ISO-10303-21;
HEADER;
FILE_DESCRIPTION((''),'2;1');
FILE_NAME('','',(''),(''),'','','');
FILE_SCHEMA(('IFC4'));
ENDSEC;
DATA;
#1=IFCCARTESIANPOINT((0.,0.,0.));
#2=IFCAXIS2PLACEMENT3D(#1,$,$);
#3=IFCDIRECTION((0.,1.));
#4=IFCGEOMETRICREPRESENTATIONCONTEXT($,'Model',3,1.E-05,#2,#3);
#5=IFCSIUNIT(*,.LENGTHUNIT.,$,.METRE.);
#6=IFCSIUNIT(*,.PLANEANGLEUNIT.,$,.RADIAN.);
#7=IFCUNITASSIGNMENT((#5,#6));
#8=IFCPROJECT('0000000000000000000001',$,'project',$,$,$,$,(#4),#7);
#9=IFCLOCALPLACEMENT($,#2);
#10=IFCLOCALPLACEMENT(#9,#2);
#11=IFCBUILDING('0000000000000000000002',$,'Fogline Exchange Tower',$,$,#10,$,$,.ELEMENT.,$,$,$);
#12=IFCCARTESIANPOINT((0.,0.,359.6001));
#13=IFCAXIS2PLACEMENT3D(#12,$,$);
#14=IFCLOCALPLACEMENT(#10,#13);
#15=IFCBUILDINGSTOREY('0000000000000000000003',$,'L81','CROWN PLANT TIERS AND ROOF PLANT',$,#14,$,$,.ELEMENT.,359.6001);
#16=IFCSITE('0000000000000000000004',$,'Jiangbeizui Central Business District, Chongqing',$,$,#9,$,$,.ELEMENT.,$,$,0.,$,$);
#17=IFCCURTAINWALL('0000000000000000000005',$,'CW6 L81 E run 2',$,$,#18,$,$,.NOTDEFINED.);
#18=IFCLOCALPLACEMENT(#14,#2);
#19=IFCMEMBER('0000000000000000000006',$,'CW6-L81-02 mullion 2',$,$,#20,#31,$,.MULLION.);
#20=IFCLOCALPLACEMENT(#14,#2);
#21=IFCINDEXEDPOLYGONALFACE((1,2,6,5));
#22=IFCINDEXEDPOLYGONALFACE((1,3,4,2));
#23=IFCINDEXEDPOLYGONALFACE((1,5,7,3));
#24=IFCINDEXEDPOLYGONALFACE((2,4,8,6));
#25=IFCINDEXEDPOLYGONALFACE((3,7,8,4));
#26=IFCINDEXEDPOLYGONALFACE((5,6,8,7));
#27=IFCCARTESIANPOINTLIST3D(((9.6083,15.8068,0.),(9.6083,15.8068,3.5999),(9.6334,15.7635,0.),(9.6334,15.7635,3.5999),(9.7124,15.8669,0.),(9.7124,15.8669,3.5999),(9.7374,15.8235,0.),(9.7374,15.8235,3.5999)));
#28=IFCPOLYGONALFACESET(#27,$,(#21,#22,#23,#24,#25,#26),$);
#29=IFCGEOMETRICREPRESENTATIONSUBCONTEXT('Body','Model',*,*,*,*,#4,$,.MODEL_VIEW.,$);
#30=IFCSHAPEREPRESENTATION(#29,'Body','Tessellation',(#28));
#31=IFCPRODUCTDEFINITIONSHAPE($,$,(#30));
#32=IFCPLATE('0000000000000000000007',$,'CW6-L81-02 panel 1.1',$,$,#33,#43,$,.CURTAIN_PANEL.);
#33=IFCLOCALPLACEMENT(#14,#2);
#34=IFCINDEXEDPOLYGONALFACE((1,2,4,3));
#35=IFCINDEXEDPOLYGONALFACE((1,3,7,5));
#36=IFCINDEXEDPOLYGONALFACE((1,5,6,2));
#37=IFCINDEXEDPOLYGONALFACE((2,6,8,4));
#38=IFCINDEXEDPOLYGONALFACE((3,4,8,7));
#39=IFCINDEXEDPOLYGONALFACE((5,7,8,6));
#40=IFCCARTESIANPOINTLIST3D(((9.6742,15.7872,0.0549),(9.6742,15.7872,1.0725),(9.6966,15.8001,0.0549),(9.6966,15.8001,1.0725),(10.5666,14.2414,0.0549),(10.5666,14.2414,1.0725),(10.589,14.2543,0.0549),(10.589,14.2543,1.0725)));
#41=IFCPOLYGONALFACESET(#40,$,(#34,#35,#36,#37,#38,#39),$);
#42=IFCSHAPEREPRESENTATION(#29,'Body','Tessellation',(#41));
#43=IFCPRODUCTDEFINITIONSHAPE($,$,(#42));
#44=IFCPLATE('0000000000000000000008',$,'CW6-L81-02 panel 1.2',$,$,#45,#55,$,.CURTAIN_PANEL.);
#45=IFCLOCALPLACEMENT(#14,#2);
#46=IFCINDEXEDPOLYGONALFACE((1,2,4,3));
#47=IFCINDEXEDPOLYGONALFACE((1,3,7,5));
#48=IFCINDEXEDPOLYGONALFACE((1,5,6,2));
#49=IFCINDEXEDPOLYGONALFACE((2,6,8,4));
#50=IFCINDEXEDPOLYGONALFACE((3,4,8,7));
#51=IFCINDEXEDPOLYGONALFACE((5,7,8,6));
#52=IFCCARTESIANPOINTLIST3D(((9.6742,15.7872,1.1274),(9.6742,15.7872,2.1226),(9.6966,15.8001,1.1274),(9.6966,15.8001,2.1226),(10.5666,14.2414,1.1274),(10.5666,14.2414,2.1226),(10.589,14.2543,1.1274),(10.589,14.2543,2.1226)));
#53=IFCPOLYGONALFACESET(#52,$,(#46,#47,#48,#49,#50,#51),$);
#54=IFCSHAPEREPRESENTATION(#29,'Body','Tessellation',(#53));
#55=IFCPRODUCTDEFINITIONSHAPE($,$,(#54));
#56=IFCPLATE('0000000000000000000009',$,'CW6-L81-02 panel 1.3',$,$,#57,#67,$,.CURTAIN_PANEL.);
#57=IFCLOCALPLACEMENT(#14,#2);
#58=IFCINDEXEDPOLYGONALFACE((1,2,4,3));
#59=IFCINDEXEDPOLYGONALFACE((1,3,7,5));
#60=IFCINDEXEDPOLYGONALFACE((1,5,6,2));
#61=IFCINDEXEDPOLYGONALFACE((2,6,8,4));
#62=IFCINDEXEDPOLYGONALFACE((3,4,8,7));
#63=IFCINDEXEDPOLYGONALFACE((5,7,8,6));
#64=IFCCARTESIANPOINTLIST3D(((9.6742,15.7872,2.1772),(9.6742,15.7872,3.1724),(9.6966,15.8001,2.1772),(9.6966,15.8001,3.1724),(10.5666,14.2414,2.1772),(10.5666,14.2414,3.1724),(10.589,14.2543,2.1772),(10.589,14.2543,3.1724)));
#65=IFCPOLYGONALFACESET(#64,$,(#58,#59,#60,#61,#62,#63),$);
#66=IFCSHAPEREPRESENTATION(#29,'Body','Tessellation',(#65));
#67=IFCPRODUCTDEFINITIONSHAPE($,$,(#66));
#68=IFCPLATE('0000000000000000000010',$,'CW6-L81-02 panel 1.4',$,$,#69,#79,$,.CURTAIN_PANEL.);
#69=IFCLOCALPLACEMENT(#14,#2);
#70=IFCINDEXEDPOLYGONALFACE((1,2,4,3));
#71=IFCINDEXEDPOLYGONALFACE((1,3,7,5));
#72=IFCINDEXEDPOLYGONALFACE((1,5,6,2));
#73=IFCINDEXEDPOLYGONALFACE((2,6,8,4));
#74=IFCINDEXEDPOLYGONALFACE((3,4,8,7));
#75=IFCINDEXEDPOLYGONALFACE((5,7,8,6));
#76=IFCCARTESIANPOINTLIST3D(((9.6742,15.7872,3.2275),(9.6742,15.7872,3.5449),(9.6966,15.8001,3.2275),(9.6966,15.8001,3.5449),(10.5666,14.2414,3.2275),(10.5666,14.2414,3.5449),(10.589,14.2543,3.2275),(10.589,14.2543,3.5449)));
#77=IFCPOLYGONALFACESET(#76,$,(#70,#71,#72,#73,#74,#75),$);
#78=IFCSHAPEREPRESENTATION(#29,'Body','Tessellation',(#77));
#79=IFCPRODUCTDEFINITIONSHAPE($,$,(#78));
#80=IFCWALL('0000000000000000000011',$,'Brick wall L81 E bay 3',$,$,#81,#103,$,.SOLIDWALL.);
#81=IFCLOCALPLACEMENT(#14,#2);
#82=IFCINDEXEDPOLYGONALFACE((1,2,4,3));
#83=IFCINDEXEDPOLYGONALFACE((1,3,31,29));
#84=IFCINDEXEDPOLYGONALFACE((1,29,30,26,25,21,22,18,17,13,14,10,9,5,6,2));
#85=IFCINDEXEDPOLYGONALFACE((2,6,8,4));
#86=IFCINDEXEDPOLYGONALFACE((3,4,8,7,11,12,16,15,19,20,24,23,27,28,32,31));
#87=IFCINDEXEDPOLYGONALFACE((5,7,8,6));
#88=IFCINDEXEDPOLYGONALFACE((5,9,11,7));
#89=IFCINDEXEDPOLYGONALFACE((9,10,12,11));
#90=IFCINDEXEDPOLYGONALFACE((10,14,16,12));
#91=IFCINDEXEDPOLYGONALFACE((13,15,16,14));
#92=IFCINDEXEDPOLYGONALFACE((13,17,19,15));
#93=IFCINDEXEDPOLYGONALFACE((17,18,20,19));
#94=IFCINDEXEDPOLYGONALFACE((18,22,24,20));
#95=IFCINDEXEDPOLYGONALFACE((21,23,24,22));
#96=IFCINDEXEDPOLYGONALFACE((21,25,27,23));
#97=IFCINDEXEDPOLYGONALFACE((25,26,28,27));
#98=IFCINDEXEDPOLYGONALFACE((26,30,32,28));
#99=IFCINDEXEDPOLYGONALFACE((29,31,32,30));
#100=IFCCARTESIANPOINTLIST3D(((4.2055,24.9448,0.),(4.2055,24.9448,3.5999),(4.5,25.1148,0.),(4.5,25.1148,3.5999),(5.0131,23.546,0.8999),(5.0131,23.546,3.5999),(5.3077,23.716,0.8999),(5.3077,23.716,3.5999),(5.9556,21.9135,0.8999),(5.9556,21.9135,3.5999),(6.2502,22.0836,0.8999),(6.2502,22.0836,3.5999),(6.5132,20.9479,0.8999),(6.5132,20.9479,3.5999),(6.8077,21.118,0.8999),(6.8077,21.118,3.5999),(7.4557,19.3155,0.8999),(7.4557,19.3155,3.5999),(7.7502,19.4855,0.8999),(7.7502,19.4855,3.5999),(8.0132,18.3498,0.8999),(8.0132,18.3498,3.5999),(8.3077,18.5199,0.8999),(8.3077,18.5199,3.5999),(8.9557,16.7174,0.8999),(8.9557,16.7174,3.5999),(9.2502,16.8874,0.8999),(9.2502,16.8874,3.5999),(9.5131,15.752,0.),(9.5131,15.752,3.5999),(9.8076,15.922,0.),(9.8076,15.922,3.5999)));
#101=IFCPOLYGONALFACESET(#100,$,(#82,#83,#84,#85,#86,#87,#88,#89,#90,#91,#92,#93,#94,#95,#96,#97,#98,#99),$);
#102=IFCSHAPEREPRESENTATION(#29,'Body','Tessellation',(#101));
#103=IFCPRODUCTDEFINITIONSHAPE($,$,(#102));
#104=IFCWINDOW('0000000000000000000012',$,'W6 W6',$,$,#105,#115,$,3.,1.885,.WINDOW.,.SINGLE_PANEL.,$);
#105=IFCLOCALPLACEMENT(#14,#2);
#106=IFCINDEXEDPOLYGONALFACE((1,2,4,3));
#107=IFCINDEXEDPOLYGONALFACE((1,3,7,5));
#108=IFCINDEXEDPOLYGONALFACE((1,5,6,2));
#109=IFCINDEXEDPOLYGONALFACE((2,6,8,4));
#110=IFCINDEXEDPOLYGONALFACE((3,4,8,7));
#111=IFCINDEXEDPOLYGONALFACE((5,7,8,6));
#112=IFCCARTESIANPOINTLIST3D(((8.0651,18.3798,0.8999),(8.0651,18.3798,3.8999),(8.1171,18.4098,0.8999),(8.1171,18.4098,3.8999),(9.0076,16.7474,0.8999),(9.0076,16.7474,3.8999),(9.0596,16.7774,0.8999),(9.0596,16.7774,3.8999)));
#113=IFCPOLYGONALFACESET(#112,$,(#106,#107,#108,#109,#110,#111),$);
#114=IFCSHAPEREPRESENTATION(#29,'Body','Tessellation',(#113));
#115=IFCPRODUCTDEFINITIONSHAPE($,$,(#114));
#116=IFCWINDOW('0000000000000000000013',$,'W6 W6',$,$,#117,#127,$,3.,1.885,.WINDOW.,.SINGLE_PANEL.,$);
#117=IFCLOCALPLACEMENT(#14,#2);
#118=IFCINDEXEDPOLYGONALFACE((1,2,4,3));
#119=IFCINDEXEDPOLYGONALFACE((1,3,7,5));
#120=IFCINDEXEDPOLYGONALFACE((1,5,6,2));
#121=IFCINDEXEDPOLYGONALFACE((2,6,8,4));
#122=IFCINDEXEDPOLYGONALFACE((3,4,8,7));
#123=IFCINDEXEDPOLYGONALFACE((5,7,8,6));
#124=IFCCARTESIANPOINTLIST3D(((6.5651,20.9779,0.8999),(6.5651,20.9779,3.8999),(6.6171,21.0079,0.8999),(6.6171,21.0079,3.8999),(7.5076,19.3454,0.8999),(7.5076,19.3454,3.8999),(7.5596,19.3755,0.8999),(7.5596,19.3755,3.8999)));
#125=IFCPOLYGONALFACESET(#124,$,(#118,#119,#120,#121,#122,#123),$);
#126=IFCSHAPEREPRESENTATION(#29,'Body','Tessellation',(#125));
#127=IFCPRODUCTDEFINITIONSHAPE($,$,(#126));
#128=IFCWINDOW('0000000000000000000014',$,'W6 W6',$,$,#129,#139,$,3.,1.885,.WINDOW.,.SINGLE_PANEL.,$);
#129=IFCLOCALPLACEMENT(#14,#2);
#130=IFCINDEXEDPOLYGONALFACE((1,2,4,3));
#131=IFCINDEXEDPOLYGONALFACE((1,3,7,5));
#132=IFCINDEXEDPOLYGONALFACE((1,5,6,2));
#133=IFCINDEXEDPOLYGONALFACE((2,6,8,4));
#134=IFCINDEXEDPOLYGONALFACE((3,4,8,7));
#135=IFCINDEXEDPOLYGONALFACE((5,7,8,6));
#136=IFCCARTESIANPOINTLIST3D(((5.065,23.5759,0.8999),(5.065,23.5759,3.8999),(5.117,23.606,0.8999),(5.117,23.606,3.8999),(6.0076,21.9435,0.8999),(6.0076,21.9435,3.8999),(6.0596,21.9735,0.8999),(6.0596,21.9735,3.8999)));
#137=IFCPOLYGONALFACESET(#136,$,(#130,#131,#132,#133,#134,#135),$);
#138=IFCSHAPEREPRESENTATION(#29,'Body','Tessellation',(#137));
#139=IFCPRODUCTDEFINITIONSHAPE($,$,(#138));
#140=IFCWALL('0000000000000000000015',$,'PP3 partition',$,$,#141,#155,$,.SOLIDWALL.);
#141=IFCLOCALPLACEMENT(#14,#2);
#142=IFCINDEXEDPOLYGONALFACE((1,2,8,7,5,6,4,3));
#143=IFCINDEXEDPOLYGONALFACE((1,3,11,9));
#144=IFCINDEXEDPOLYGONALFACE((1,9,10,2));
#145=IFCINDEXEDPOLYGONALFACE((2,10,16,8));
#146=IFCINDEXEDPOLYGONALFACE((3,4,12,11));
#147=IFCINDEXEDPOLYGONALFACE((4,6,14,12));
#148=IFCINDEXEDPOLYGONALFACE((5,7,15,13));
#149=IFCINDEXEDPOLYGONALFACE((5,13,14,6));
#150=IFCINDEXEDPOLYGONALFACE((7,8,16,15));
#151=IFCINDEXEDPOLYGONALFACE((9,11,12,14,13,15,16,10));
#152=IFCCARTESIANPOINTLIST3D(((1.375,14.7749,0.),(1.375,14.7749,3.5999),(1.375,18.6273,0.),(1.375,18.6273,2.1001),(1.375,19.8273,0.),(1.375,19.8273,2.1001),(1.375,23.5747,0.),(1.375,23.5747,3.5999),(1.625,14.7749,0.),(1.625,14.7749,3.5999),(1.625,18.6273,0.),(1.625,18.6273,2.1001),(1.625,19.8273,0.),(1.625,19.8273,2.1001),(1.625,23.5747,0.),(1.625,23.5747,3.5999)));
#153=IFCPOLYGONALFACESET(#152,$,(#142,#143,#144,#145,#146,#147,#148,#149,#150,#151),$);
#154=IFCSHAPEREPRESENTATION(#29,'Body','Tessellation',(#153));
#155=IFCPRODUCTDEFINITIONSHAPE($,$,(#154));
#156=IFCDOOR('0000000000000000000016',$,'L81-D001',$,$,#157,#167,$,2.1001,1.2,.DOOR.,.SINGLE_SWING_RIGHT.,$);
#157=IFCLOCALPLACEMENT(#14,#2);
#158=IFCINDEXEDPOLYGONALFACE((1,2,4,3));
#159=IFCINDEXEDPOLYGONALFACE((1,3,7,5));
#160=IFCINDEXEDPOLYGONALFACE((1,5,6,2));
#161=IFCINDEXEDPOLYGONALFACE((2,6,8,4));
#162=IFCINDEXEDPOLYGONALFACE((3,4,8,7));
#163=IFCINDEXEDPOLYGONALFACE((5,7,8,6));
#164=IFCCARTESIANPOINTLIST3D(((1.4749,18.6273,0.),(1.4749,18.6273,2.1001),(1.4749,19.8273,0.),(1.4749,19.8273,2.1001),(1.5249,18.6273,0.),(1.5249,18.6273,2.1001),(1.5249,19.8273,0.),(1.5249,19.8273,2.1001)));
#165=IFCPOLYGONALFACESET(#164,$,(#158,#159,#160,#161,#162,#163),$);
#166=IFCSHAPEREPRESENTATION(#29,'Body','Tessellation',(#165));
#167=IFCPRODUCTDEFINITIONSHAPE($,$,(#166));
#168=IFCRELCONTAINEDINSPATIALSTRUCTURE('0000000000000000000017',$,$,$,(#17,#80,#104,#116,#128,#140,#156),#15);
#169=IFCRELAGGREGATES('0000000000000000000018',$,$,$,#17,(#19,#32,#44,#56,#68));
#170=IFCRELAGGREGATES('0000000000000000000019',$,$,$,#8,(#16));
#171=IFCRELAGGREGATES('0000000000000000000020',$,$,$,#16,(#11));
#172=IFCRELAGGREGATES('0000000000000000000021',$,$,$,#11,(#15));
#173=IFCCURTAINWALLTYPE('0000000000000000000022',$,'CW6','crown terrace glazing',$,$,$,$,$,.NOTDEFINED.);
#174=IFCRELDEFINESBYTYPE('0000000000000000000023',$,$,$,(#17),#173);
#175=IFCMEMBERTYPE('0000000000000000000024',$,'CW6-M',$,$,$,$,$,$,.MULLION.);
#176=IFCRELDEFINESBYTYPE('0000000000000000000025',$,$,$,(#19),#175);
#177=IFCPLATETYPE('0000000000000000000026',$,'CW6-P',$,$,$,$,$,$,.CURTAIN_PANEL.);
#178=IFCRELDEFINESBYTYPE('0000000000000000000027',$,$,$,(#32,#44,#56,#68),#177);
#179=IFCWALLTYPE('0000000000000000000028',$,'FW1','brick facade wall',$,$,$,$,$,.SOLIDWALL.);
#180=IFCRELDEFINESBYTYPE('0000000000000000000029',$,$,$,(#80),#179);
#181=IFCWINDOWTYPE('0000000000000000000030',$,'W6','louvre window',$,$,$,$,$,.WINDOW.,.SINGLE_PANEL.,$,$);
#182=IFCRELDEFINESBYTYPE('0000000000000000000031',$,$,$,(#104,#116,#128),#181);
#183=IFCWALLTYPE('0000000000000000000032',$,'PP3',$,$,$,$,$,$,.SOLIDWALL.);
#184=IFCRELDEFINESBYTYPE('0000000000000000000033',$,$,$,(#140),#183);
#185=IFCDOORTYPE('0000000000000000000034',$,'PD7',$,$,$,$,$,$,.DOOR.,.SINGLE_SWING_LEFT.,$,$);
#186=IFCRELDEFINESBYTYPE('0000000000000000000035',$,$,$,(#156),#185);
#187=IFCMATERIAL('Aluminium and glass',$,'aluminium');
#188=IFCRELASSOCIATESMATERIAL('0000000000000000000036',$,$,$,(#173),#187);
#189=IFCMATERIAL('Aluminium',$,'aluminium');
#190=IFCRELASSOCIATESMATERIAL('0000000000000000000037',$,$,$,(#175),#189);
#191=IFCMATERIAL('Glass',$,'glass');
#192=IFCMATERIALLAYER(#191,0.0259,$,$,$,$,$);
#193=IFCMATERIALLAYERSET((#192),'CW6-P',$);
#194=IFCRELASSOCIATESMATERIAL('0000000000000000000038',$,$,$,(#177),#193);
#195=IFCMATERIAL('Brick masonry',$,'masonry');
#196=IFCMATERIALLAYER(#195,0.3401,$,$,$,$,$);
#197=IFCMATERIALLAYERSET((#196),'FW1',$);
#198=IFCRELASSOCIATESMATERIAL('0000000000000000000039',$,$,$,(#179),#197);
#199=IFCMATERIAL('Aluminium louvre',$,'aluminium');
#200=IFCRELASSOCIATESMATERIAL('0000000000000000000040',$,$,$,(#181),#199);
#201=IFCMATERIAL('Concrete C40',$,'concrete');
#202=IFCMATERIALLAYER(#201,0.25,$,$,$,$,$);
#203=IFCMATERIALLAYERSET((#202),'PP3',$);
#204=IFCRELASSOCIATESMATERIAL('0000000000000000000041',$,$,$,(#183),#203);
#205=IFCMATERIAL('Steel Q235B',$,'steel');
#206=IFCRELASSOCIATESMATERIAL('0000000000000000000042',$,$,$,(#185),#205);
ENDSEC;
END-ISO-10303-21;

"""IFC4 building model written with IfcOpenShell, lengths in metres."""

from ifc_helpers import new_model, si_unit, direction, frame, frame_2d, origin, origin_2d, place, context, subcontext, project, spatial, rectangle, extrude, material, layer, layer_set, material_profile, profile_set, type_object, element, fill, aggregate, save


model = new_model("IFC4")

# Units and contexts
model_context = context("Model", 3, precision=1e-05, world=origin(), true_north=direction((0.0, 1.0)))
body_context = subcontext(model_context, "Body", "Model", "MODEL_VIEW")
ifc_project = project(units=[si_unit("LENGTHUNIT", "METRE"), si_unit("PLANEANGLEUNIT", "RADIAN")], contexts=[model_context])

# Site, building, storey
site_placement = place(None, origin())
site = spatial("IfcSite", under=ifc_project, at=site_placement, Name="Jiangbeizui Central Business District, Chongqing", CompositionType="ELEMENT", RefElevation=0.0)
building_placement = place(site_placement, origin())
building = spatial("IfcBuilding", under=site, at=building_placement, Name="Fogline Exchange Tower", CompositionType="ELEMENT")
storey_placement = place(building_placement, frame((0.0, 0.0, 359.6001)))
storey = spatial("IfcBuildingStorey", under=building, at=storey_placement, Name="L81", Description="CROWN PLANT TIERS AND ROOF PLANT", CompositionType="ELEMENT", Elevation=359.6001)

# Shared definitions
ifc_material_1 = material(Name="Concrete C40", Category="concrete")

# Curtain wall, member, plates
ifc_material_2 = material(Name="Aluminium and glass", Category="aluminium")
curtain_wall_type = type_object("IfcCurtainWallType", Name="CW6", Description="crown terrace glazing", PredefinedType="NOTDEFINED", material=ifc_material_2)
curtain_wall_placement = place(storey_placement, origin())
curtain_wall = element("IfcCurtainWall", 1, at=curtain_wall_placement, inside=storey, type_object=curtain_wall_type, Name="CW6 L81 E run 2", PredefinedType="NOTDEFINED")
ifc_material_3 = material(Name="Aluminium", Category="aluminium")
ifc_material_profile_1 = material_profile(ifc_material_3, rectangle(XDim=0.1201, YDim=0.05, at=origin_2d()), Name="Mullion 50x120")
ifc_profile_set_1 = profile_set([ifc_material_profile_1], Name="Aluminium")
member_type = type_object("IfcMemberType", Name="CW6-M", PredefinedType="MULLION", material=ifc_profile_set_1)
member_placement = place(storey_placement, frame((9.6729, 15.8152, 0.0), z_axis=(0.0, 0.0, 1.0), x_axis=(-0.866026, -0.5, 0.0)))
member = element("IfcMember", 2, at=member_placement, type_object=member_type, Name="CW6-L81-02 mullion 2", PredefinedType="MULLION", context=body_context, shape_type="SweptSolid", body=[
    extrude(rectangle(XDim=0.1201, YDim=0.05, at=origin_2d()), origin(), (0.0, 0.0, 1.0), 3.5999),
])
ifc_material_4 = material(Name="Glass", Category="glass")
ifc_layer_1 = layer(ifc_material_4, 0.0259)
ifc_layer_set_1 = layer_set([ifc_layer_1], Name="CW6-P")
plate_type = type_object("IfcPlateType", Name="CW6-P", PredefinedType="CURTAIN_PANEL", material=ifc_layer_set_1)
plate_1_placement = place(storey_placement, frame((10.1316, 15.0208, 0.0549), z_axis=(0.0, 0.0, 1.0), x_axis=(-0.5, 0.866026, 0.0)))
plate_1 = element("IfcPlate", 3, at=plate_1_placement, type_object=plate_type, Name="CW6-L81-02 panel 1.1", PredefinedType="CURTAIN_PANEL", context=body_context, shape_type="SweptSolid", body=[
    extrude(rectangle(XDim=1.7849, YDim=0.0259, at=origin_2d()), origin(), (0.0, 0.0, 1.0), 1.0176),
])
plate_2_placement = place(storey_placement, frame((10.1316, 15.0208, 1.1274), z_axis=(0.0, 0.0, 1.0), x_axis=(-0.5, 0.866026, 0.0)))
plate_2 = element("IfcPlate", 4, at=plate_2_placement, type_object=plate_type, Name="CW6-L81-02 panel 1.2", PredefinedType="CURTAIN_PANEL", context=body_context, shape_type="SweptSolid", body=[
    extrude(rectangle(XDim=1.7849, YDim=0.0259, at=origin_2d()), origin(), (0.0, 0.0, 1.0), 0.9951),
])
plate_3_placement = place(storey_placement, frame((10.1316, 15.0208, 2.1772), z_axis=(0.0, 0.0, 1.0), x_axis=(-0.5, 0.866026, 0.0)))
plate_3 = element("IfcPlate", 5, at=plate_3_placement, type_object=plate_type, Name="CW6-L81-02 panel 1.3", PredefinedType="CURTAIN_PANEL", context=body_context, shape_type="SweptSolid", body=[
    extrude(rectangle(XDim=1.7849, YDim=0.0259, at=origin_2d()), origin(), (0.0, 0.0, 1.0), 0.9951),
])
plate_4_placement = place(storey_placement, frame((10.1316, 15.0208, 3.2275), z_axis=(0.0, 0.0, 1.0), x_axis=(-0.5, 0.866026, 0.0)))
plate_4 = element("IfcPlate", 6, at=plate_4_placement, type_object=plate_type, Name="CW6-L81-02 panel 1.4", PredefinedType="CURTAIN_PANEL", context=body_context, shape_type="SweptSolid", body=[
    extrude(rectangle(XDim=1.7849, YDim=0.0259, at=origin_2d()), origin(), (0.0, 0.0, 1.0), 0.3174),
])
aggregate(curtain_wall, [member, plate_1, plate_2, plate_3, plate_4])

# Wall, openings, windows
ifc_material_5 = material(Name="Brick masonry", Category="masonry")
ifc_layer_2 = layer(ifc_material_5, 0.3401)
ifc_layer_set_2 = layer_set([ifc_layer_2], Name="FW1")
wall_type_1 = type_object("IfcWallType", Name="FW1", Description="brick facade wall", PredefinedType="SOLIDWALL", material=ifc_layer_set_2)
wall_1_placement = place(storey_placement, frame((9.6604, 15.8369, 0.0), z_axis=(0.0, 0.0, 1.0), x_axis=(-0.500008, 0.866021, 0.0)))
wall_1 = element("IfcWall", 7, at=wall_1_placement, inside=storey, type_object=wall_type_1, Name="Brick wall L81 E bay 3", PredefinedType="SOLIDWALL", context=body_context, shape_type="SweptSolid", body=[
    extrude(rectangle(XDim=10.615, YDim=0.3401, at=frame_2d((5.3076, 0.0))), origin(), (0.0, 0.0, 1.0), 3.5999),
])
opening_1_placement = place(wall_1_placement, frame((1.115, 0.0, 0.8999)))
opening_1 = element("IfcOpeningElement", 8, at=opening_1_placement, cuts=wall_1, PredefinedType="OPENING", context=body_context, shape_type="SweptSolid", body=[
    extrude(rectangle(XDim=1.885, YDim=3.0, at=frame_2d((0.9424, 1.5))), frame((0.0, 0.1802, 0.0), z_axis=(0.0, -1.0, 0.0), x_axis=(1.0, 0.0, 0.0)), (0.0, 0.0, 1.0), 0.3601),
])
opening_2_placement = place(wall_1_placement, frame((4.115, 0.0, 0.8999)))
opening_2 = element("IfcOpeningElement", 9, at=opening_2_placement, cuts=wall_1, PredefinedType="OPENING", context=body_context, shape_type="SweptSolid", body=[
    extrude(rectangle(XDim=1.885, YDim=3.0, at=frame_2d((0.9424, 1.5))), frame((0.0, 0.1802, 0.0), z_axis=(0.0, -1.0, 0.0), x_axis=(1.0, 0.0, 0.0)), (0.0, 0.0, 1.0), 0.3601),
])
opening_3_placement = place(wall_1_placement, frame((7.115, 0.0, 0.8999)))
opening_3 = element("IfcOpeningElement", 10, at=opening_3_placement, cuts=wall_1, PredefinedType="OPENING", context=body_context, shape_type="SweptSolid", body=[
    extrude(rectangle(XDim=1.885, YDim=3.0, at=frame_2d((0.9424, 1.5))), frame((0.0, 0.1802, 0.0), z_axis=(0.0, -1.0, 0.0), x_axis=(1.0, 0.0, 0.0)), (0.0, 0.0, 1.0), 0.3601),
])
ifc_material_6 = material(Name="Aluminium louvre", Category="aluminium")
window_type = type_object("IfcWindowType", Name="W6", Description="louvre window", PartitioningType="SINGLE_PANEL", PredefinedType="WINDOW", material=ifc_material_6)
window_1_placement = place(opening_1_placement, origin())
window_1 = element("IfcWindow", 11, at=window_1_placement, inside=storey, type_object=window_type, Name="W6 W6", OverallHeight=3.0, OverallWidth=1.885, PartitioningType="SINGLE_PANEL", PredefinedType="WINDOW", context=body_context, shape_type="SweptSolid", body=[
    extrude(rectangle(XDim=1.885, YDim=3.0, at=frame_2d((0.9424, 1.5))), frame((0.0, 0.1101, 0.0), z_axis=(0.0, -1.0, 0.0), x_axis=(1.0, 0.0, 0.0)), (0.0, 0.0, 1.0), 0.0601),
])
fill(opening_1, window_1)
window_2_placement = place(opening_2_placement, origin())
window_2 = element("IfcWindow", 12, at=window_2_placement, inside=storey, type_object=window_type, Name="W6 W6", OverallHeight=3.0, OverallWidth=1.885, PartitioningType="SINGLE_PANEL", PredefinedType="WINDOW", context=body_context, shape_type="SweptSolid", body=[
    extrude(rectangle(XDim=1.885, YDim=3.0, at=frame_2d((0.9424, 1.5))), frame((0.0, 0.1101, 0.0), z_axis=(0.0, -1.0, 0.0), x_axis=(1.0, 0.0, 0.0)), (0.0, 0.0, 1.0), 0.0601),
])
fill(opening_2, window_2)
window_3_placement = place(opening_3_placement, origin())
window_3 = element("IfcWindow", 13, at=window_3_placement, inside=storey, type_object=window_type, Name="W6 W6", OverallHeight=3.0, OverallWidth=1.885, PartitioningType="SINGLE_PANEL", PredefinedType="WINDOW", context=body_context, shape_type="SweptSolid", body=[
    extrude(rectangle(XDim=1.885, YDim=3.0, at=frame_2d((0.9424, 1.5))), frame((0.0, 0.1101, 0.0), z_axis=(0.0, -1.0, 0.0), x_axis=(1.0, 0.0, 0.0)), (0.0, 0.0, 1.0), 0.0601),
])
fill(opening_3, window_3)

# Wall, opening, door
ifc_layer_3 = layer(ifc_material_1, 0.25)
ifc_layer_set_3 = layer_set([ifc_layer_3], Name="PP3")
wall_type_2 = type_object("IfcWallType", Name="PP3", PredefinedType="SOLIDWALL", material=ifc_layer_set_3)
wall_2_placement = place(storey_placement, frame((1.5, 23.5747, 0.0), z_axis=(0.0, 0.0, 1.0), x_axis=(0.0, -1.0, 0.0)))
wall_2 = element("IfcWall", 14, at=wall_2_placement, inside=storey, type_object=wall_type_2, Name="PP3 partition", PredefinedType="SOLIDWALL", context=body_context, shape_type="SweptSolid", body=[
    extrude(rectangle(XDim=8.7998, YDim=0.25, at=frame_2d((4.3999, 0.0))), origin(), (0.0, 0.0, 1.0), 3.5999),
])
opening_4_placement = place(wall_2_placement, frame((3.7473, 0.0, 0.0)))
opening_4 = element("IfcOpeningElement", 15, at=opening_4_placement, cuts=wall_2, PredefinedType="OPENING", context=body_context, shape_type="SweptSolid", body=[
    extrude(rectangle(XDim=1.2, YDim=2.1001, at=frame_2d((0.6001, 1.05))), frame((0.0, 0.135, 0.0), z_axis=(0.0, -1.0, 0.0), x_axis=(1.0, 0.0, 0.0)), (0.0, 0.0, 1.0), 0.27),
])
ifc_material_7 = material(Name="Steel Q235B", Category="steel")
door_type_1 = type_object("IfcDoorType", Name="PD7", OperationType="SINGLE_SWING_LEFT", PredefinedType="DOOR", material=ifc_material_7)
door_1_placement = place(opening_4_placement, origin())
door_1 = element("IfcDoor", 16, at=door_1_placement, inside=storey, type_object=door_type_1, Name="L81-D001", OperationType="SINGLE_SWING_RIGHT", OverallHeight=2.1001, OverallWidth=1.2, PredefinedType="DOOR", context=body_context, shape_type="SweptSolid", body=[
    extrude(rectangle(XDim=1.2, YDim=2.1001, at=frame_2d((0.6001, 1.05))), frame((0.0, 0.0249, 0.0), z_axis=(0.0, -1.0, 0.0), x_axis=(1.0, 0.0, 0.0)), (0.0, 0.0, 1.0), 0.05),
])
fill(opening_4, door_1)

save(model, "model.ifc")
